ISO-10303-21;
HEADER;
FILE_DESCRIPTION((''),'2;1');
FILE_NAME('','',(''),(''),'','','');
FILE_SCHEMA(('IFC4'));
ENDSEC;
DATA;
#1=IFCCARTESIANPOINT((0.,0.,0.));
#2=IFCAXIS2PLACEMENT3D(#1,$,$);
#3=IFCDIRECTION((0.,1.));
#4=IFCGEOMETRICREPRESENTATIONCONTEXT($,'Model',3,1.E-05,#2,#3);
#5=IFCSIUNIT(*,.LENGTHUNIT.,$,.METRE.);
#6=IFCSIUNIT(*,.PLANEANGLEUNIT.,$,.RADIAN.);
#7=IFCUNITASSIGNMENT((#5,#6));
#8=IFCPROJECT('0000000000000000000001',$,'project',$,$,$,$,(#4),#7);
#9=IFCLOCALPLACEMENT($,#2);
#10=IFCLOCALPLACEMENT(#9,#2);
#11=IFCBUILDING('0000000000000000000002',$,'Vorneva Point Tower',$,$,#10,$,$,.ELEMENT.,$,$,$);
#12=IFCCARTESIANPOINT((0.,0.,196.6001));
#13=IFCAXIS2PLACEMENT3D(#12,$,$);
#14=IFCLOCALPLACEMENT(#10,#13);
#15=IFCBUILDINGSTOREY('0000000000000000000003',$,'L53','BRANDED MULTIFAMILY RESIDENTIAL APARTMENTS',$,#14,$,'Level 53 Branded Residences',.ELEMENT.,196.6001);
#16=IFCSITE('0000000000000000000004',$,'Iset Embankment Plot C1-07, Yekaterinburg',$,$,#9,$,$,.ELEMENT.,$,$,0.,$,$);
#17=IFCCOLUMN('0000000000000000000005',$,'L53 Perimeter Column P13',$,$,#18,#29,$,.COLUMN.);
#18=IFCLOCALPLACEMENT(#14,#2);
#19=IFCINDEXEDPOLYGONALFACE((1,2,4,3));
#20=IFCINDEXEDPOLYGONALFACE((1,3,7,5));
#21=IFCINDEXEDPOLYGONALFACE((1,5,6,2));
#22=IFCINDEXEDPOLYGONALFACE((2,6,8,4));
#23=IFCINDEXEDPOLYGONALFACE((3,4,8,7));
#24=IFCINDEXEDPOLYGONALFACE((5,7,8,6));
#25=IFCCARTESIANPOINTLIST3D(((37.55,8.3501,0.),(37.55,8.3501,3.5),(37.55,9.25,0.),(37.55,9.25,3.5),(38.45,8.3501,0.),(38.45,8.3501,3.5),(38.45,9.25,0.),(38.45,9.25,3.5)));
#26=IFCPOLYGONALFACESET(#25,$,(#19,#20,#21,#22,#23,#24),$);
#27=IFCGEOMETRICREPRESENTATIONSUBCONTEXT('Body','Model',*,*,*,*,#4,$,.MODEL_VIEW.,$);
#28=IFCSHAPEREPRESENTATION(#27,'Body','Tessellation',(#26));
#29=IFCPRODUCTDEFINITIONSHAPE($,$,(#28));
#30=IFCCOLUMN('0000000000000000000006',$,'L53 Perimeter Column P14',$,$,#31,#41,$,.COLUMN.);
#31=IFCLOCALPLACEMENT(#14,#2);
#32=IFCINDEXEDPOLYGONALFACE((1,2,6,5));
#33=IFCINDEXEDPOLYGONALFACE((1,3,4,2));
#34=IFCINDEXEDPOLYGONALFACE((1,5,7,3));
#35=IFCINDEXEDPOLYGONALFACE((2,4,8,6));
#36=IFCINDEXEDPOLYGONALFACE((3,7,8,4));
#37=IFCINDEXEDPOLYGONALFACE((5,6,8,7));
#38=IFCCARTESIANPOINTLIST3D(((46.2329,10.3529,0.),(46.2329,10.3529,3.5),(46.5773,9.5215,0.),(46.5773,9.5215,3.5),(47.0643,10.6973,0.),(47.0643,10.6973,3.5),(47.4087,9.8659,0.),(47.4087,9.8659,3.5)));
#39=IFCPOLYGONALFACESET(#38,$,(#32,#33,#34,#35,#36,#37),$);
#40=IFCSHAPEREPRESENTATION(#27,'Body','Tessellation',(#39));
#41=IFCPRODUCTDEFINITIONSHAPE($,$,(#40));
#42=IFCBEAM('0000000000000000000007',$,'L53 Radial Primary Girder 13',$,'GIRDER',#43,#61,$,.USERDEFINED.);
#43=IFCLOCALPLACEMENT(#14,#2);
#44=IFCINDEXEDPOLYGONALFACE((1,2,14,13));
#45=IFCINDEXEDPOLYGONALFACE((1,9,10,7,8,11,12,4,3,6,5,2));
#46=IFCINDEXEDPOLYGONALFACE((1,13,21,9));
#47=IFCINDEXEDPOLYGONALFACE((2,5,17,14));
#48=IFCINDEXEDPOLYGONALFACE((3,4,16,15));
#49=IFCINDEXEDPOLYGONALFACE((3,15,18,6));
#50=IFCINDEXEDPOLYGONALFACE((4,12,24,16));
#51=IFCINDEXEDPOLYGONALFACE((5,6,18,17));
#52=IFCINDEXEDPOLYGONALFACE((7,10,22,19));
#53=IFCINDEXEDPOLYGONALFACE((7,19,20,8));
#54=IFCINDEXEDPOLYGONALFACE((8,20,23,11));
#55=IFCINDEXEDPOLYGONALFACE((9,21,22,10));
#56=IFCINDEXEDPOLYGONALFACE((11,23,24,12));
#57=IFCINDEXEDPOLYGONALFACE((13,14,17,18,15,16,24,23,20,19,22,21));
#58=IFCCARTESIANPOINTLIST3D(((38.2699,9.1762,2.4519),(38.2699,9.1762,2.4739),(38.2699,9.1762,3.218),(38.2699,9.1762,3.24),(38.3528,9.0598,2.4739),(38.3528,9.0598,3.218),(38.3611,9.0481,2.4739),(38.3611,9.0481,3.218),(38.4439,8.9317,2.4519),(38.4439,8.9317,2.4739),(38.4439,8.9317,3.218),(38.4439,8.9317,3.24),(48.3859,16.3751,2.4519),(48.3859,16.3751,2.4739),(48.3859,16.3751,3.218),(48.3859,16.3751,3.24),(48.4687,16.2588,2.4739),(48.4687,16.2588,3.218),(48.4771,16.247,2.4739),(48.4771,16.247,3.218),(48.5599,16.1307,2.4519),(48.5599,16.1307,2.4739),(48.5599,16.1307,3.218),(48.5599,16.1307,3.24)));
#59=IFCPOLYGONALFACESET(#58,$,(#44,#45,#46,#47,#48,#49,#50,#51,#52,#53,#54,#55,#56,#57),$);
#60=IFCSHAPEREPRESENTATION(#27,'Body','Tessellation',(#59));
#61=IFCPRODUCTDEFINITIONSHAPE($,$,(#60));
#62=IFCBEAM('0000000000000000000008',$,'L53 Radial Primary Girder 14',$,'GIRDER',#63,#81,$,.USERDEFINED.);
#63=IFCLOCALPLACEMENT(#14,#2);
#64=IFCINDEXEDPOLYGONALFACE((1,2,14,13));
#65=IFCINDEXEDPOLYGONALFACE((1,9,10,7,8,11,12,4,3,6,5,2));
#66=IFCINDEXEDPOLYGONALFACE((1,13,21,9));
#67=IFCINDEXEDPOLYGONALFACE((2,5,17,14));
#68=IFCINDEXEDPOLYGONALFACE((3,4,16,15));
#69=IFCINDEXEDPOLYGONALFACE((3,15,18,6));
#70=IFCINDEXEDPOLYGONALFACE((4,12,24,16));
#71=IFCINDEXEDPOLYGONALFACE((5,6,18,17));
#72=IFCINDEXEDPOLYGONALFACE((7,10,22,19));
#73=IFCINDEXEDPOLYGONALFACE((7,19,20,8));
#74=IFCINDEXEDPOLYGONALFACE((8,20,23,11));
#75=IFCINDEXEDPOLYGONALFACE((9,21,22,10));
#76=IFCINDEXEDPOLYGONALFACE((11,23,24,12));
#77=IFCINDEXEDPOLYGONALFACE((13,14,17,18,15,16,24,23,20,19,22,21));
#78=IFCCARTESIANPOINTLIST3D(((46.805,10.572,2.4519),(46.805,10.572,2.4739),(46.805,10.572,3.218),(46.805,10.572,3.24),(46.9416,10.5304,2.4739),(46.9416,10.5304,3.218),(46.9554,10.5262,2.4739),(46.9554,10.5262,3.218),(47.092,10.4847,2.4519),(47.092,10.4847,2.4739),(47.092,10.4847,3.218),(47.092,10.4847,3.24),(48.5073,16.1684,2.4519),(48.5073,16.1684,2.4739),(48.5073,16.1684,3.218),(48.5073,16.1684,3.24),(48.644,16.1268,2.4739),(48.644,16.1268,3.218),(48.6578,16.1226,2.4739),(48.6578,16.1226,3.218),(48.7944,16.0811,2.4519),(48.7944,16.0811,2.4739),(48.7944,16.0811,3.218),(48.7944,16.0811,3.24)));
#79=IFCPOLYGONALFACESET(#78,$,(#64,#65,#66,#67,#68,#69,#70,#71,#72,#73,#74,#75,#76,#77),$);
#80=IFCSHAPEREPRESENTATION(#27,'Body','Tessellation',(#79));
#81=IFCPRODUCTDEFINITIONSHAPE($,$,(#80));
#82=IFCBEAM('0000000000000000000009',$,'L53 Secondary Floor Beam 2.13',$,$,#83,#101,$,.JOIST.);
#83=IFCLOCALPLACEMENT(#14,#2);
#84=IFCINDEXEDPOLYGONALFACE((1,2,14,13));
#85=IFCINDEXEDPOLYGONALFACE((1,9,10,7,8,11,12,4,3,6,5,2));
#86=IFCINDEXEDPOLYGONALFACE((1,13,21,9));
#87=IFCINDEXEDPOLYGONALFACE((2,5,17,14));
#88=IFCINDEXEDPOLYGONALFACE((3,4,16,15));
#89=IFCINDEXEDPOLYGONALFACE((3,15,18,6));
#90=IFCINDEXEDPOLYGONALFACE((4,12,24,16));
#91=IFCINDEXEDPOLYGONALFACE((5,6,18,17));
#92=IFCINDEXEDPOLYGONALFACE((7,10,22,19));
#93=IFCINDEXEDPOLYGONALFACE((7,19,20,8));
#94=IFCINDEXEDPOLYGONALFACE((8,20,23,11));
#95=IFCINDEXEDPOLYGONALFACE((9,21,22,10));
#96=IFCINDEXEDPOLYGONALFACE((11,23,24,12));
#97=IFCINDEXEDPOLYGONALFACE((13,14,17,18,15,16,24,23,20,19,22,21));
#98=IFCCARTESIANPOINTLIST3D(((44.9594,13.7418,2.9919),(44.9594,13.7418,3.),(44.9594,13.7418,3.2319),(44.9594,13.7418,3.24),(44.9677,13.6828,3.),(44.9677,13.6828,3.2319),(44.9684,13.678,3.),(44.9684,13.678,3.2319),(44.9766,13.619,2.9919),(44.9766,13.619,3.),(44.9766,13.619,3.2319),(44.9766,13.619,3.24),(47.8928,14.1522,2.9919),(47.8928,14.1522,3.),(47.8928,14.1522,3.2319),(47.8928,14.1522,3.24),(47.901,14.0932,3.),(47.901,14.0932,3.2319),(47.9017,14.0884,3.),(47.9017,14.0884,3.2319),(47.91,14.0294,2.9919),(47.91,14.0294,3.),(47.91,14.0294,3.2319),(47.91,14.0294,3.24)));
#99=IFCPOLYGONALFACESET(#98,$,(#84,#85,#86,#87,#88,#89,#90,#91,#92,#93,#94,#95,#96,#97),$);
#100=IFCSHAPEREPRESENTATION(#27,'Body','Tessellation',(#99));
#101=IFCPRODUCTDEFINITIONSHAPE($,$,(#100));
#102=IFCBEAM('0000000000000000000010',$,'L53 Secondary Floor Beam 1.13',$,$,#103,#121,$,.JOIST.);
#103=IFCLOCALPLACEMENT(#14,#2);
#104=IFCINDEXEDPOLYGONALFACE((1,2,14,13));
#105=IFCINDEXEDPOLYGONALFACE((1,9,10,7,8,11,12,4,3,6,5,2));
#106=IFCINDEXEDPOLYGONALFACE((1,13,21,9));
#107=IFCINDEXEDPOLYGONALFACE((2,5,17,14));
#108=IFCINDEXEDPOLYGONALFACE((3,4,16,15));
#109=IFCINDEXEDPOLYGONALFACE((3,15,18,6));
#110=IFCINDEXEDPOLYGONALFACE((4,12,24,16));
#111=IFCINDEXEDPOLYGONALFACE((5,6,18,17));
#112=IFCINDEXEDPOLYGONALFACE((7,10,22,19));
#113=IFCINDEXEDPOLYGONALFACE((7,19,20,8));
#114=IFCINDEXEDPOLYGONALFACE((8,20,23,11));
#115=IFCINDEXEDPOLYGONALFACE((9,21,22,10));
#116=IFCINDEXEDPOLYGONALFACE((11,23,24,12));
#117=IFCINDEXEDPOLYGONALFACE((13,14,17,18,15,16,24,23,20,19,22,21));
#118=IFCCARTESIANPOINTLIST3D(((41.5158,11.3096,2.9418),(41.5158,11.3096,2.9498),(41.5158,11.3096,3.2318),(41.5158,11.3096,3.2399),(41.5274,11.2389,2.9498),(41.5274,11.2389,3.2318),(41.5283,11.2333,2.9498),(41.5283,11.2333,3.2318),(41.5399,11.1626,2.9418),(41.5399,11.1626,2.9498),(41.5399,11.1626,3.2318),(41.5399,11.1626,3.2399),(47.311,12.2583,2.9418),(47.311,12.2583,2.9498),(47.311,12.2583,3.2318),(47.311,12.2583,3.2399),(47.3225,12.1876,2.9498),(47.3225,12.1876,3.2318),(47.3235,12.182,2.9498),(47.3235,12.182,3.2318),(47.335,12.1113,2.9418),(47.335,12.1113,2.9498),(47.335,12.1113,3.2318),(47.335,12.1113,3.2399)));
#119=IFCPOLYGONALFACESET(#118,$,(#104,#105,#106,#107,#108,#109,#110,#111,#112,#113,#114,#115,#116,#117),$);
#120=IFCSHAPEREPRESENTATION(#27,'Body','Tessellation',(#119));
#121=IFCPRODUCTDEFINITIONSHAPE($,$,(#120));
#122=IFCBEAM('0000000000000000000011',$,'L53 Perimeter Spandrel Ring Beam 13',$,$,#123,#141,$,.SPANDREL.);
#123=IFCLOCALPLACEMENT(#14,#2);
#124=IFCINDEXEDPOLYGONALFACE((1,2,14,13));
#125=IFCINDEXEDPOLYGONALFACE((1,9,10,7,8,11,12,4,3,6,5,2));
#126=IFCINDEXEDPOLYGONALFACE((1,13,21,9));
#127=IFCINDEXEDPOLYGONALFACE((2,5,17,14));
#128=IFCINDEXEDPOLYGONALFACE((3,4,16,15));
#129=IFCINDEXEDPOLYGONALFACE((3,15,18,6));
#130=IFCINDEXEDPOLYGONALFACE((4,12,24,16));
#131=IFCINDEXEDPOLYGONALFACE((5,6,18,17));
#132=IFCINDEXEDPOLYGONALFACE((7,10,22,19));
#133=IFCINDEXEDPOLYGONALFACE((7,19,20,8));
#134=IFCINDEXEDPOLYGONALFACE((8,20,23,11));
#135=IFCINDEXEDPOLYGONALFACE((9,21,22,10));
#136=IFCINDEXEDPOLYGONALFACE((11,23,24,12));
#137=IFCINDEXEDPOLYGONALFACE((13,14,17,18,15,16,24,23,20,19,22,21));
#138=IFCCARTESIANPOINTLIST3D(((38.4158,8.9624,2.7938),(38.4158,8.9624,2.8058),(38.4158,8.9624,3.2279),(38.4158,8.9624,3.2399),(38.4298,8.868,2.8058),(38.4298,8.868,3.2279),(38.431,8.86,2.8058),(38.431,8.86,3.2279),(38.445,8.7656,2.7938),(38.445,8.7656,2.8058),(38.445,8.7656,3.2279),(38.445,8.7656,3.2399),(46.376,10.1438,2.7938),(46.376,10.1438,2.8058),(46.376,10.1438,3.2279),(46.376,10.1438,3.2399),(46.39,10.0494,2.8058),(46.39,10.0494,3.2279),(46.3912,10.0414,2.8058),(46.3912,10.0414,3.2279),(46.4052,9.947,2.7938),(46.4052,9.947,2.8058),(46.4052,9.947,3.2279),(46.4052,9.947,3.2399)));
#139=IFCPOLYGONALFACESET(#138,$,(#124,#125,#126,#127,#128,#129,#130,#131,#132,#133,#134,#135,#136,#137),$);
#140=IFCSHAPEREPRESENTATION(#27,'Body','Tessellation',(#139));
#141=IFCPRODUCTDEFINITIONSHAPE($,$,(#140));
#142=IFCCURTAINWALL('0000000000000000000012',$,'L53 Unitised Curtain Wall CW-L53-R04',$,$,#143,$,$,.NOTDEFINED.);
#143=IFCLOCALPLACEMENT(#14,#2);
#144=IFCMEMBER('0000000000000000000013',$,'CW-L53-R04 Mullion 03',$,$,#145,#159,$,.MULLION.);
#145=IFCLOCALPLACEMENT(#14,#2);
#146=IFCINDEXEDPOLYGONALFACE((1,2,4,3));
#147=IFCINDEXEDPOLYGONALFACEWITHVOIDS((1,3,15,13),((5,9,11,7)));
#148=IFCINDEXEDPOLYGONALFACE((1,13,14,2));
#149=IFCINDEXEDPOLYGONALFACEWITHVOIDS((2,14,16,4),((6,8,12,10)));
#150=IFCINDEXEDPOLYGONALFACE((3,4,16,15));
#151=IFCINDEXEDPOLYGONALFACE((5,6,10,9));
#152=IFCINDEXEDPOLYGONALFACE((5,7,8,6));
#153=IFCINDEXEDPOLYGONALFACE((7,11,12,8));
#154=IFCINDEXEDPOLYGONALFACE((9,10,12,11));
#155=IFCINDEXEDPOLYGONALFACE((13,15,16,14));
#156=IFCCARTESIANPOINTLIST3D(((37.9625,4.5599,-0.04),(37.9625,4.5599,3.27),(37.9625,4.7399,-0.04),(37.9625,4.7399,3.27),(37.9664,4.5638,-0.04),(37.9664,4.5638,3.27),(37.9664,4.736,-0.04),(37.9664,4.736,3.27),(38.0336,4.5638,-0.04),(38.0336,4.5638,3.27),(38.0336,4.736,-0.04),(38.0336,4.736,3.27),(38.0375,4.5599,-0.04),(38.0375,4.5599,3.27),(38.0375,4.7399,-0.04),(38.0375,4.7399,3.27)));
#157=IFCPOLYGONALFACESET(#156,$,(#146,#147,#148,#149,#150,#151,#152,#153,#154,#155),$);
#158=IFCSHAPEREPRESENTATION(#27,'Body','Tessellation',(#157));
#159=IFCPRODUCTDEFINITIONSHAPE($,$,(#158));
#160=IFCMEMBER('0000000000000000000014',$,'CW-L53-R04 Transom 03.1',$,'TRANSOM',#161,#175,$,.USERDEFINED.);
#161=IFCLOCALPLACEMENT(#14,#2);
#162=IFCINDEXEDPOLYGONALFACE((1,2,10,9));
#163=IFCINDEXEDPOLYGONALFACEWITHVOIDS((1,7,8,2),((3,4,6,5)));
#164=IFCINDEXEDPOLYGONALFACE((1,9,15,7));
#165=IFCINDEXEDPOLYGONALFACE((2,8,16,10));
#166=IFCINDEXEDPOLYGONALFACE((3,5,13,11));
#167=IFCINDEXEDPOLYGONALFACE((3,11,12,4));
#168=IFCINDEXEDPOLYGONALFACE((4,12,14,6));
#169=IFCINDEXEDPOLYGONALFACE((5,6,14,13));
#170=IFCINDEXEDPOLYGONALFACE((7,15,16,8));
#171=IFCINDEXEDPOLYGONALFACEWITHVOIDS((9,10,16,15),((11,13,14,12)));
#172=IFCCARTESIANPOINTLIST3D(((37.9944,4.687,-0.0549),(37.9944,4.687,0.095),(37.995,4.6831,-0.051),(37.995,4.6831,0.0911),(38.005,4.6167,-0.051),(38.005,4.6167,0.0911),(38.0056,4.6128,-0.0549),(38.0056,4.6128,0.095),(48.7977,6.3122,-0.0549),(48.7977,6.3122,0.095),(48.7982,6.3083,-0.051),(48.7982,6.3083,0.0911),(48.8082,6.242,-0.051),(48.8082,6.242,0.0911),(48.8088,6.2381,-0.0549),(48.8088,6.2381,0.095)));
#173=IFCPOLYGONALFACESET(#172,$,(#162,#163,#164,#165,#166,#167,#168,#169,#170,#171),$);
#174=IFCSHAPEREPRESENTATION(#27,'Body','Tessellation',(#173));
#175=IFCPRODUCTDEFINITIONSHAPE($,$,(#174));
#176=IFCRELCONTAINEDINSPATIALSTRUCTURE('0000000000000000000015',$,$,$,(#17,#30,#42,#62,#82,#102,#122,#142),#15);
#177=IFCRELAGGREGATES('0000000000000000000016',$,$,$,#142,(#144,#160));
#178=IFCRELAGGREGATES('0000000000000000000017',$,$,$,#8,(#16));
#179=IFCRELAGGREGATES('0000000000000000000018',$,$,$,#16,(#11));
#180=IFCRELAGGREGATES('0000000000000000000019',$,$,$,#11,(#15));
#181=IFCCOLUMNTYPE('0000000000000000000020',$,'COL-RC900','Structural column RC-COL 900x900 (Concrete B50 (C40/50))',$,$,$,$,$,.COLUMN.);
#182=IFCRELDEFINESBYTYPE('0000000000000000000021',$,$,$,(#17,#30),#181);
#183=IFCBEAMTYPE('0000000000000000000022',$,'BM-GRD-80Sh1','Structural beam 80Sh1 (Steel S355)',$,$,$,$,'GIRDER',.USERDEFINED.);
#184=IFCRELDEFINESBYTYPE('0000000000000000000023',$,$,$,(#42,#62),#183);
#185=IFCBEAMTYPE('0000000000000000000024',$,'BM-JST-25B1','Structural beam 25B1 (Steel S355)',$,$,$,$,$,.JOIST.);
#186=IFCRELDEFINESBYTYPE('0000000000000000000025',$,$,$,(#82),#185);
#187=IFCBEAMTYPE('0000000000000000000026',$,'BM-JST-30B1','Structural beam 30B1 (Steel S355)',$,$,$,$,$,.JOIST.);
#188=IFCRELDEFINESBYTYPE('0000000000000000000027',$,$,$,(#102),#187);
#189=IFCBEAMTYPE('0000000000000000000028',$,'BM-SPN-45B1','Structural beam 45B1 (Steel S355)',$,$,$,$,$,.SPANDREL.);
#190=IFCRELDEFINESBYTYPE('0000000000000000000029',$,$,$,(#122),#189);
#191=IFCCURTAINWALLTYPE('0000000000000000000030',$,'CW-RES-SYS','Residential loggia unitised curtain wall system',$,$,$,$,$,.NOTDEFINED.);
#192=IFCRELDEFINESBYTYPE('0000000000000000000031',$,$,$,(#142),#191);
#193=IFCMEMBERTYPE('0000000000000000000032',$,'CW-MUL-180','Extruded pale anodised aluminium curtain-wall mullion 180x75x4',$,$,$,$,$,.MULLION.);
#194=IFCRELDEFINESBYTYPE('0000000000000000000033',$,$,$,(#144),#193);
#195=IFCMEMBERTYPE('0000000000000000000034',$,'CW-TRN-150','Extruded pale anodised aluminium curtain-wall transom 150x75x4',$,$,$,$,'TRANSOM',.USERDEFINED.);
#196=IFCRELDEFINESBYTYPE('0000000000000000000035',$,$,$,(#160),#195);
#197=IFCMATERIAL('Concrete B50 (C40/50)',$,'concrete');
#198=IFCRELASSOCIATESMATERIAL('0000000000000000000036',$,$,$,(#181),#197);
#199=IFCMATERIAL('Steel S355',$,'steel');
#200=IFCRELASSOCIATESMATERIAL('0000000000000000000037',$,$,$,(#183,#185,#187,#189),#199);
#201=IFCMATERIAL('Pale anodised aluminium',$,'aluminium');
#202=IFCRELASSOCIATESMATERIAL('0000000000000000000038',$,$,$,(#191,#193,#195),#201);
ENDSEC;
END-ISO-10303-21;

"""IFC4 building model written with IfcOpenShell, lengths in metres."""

from ifc_helpers import new_model, si_unit, direction, frame, origin, origin_2d, place, context, subcontext, project, spatial, rectangle, hollow_rectangle, i_section, extrude, material, material_profile, profile_set, type_object, element, aggregate, save


model = new_model("IFC4")

# Units and contexts
model_context = context("Model", 3, precision=1e-05, world=origin(), true_north=direction((0.0, 1.0)))
body_context = subcontext(model_context, "Body", "Model", "MODEL_VIEW")
ifc_project = project(units=[si_unit("LENGTHUNIT", "METRE"), si_unit("PLANEANGLEUNIT", "RADIAN")], contexts=[model_context])

# Site, building, storey
site_placement = place(None, origin())
site = spatial("IfcSite", under=ifc_project, at=site_placement, Name="Iset Embankment Plot C1-07, Yekaterinburg", CompositionType="ELEMENT", RefElevation=0.0)
building_placement = place(site_placement, origin())
building = spatial("IfcBuilding", under=site, at=building_placement, Name="Vorneva Point Tower", CompositionType="ELEMENT")
storey_placement = place(building_placement, frame((0.0, 0.0, 196.6001)))
storey = spatial("IfcBuildingStorey", under=building, at=storey_placement, Name="L53", Description="BRANDED MULTIFAMILY RESIDENTIAL APARTMENTS", LongName="Level 53 Branded Residences", CompositionType="ELEMENT", Elevation=196.6001)

# Columns
ifc_material_1 = material(Name="Concrete B50 (C40/50)", Category="concrete")
ifc_material_profile_1 = material_profile(ifc_material_1, rectangle(XDim=0.8999, YDim=0.8999, at=origin_2d()), Name="RC-COL 900x900")
ifc_profile_set_1 = profile_set([ifc_material_profile_1], Name="Concrete B50 (C40/50)")
column_type = type_object("IfcColumnType", Name="COL-RC900", Description="Structural column RC-COL 900x900 (Concrete B50 (C40/50))", PredefinedType="COLUMN", material=ifc_profile_set_1)
for number, where, z_axis, x_axis, name in (
    (1, (38.0, 8.8, 0.0), (0.0, 0.0, 1.0), (0.0, -1.0, 0.0), "L53 Perimeter Column P13"),
    (2, (46.8208, 10.1094, 0.0), (0.0, 0.0, 1.0), (0.382683, -0.92388, 0.0), "L53 Perimeter Column P14"),
):
    element("IfcColumn", number, at=place(storey_placement, frame(where, z_axis=z_axis, x_axis=x_axis)), inside=storey, type_object=column_type, Name=name, PredefinedType="COLUMN", context=body_context, shape_type="SweptSolid", body=[
        extrude(rectangle(XDim=0.8999, YDim=0.8999, at=origin_2d()), origin(), (0.0, 0.0, 1.0), 3.5),
    ])

# Beams
ifc_material_2 = material(Name="Steel S355", Category="steel")
ifc_material_profile_2 = material_profile(ifc_material_2, i_section(OverallWidth=0.3, OverallDepth=0.7881, WebThickness=0.0144, FlangeThickness=0.022, at=origin_2d()), Name="80Sh1")
ifc_profile_set_2 = profile_set([ifc_material_profile_2], Name="Steel S355")
beam_type_1 = type_object("IfcBeamType", Name="BM-GRD-80Sh1", Description="Structural beam 80Sh1 (Steel S355)", ElementType="GIRDER", PredefinedType="USERDEFINED", material=ifc_profile_set_2)
beam_1_placement = place(storey_placement, frame((38.3569, 9.054, 2.8459), z_axis=(0.81475, 0.579813, 0.0), x_axis=(-0.579813, 0.81475, 0.0)))
element("IfcBeam", 3, at=beam_1_placement, inside=storey, type_object=beam_type_1, Name="L53 Radial Primary Girder 13", ObjectType="GIRDER", PredefinedType="USERDEFINED", context=body_context, shape_type="SweptSolid", body=[
    extrude(i_section(OverallWidth=0.3, OverallDepth=0.7881, WebThickness=0.0144, FlangeThickness=0.022, at=origin_2d()), origin(), (0.0, 0.0, 1.0), 12.416),
])
beam_2_placement = place(storey_placement, frame((46.9485, 10.5283, 2.8459), z_axis=(0.291025, 0.956715, 0.0), x_axis=(-0.956715, 0.291025, 0.0)))
element("IfcBeam", 4, at=beam_2_placement, inside=storey, type_object=beam_type_1, Name="L53 Radial Primary Girder 14", ObjectType="GIRDER", PredefinedType="USERDEFINED", context=body_context, shape_type="SweptSolid", body=[
    extrude(i_section(OverallWidth=0.3, OverallDepth=0.7881, WebThickness=0.0144, FlangeThickness=0.022, at=origin_2d()), origin(), (0.0, 0.0, 1.0), 5.8496),
])
ifc_material_profile_3 = material_profile(ifc_material_2, i_section(OverallWidth=0.124, OverallDepth=0.248, WebThickness=0.0049, FlangeThickness=0.0081, at=origin_2d()), Name="25B1")
ifc_profile_set_3 = profile_set([ifc_material_profile_3], Name="Steel S355")
beam_type_2 = type_object("IfcBeamType", Name="BM-JST-25B1", Description="Structural beam 25B1 (Steel S355)", PredefinedType="JOIST", material=ifc_profile_set_3)
beam_3_placement = place(storey_placement, frame((44.968, 13.6804, 3.116), z_axis=(0.990354, 0.138559, 0.0), x_axis=(-0.138559, 0.990354, 0.0)))
element("IfcBeam", 5, at=beam_3_placement, inside=storey, type_object=beam_type_2, Name="L53 Secondary Floor Beam 2.13", PredefinedType="JOIST", context=body_context, shape_type="SweptSolid", body=[
    extrude(i_section(OverallWidth=0.124, OverallDepth=0.248, WebThickness=0.0049, FlangeThickness=0.0081, at=origin_2d()), origin(), (0.0, 0.0, 1.0), 2.9619),
])
ifc_material_profile_4 = material_profile(ifc_material_2, i_section(OverallWidth=0.1489, OverallDepth=0.2981, WebThickness=0.0056, FlangeThickness=0.0081, at=origin_2d()), Name="30B1")
ifc_profile_set_4 = profile_set([ifc_material_profile_4], Name="Steel S355")
beam_type_3 = type_object("IfcBeamType", Name="BM-JST-30B1", Description="Structural beam 30B1 (Steel S355)", PredefinedType="JOIST", material=ifc_profile_set_4)
beam_4_placement = place(storey_placement, frame((41.5278, 11.2361, 3.0908), z_axis=(0.986863, 0.16156, 0.0), x_axis=(-0.16156, 0.986863, 0.0)))
element("IfcBeam", 6, at=beam_4_placement, inside=storey, type_object=beam_type_3, Name="L53 Secondary Floor Beam 1.13", PredefinedType="JOIST", context=body_context, shape_type="SweptSolid", body=[
    extrude(i_section(OverallWidth=0.1489, OverallDepth=0.2981, WebThickness=0.0056, FlangeThickness=0.0081, at=origin_2d()), origin(), (0.0, 0.0, 1.0), 5.8723),
])
ifc_material_profile_5 = material_profile(ifc_material_2, i_section(OverallWidth=0.199, OverallDepth=0.446, WebThickness=0.0081, FlangeThickness=0.012, at=origin_2d()), Name="45B1")
ifc_profile_set_5 = profile_set([ifc_material_profile_5], Name="Steel S355")
beam_type_4 = type_object("IfcBeamType", Name="BM-SPN-45B1", Description="Structural beam 45B1 (Steel S355)", PredefinedType="SPANDREL", material=ifc_profile_set_5)
beam_5_placement = place(storey_placement, frame((38.4304, 8.864, 3.0168), z_axis=(0.989165, 0.146805, 0.0), x_axis=(-0.146805, 0.989165, 0.0)))
element("IfcBeam", 7, at=beam_5_placement, inside=storey, type_object=beam_type_4, Name="L53 Perimeter Spandrel Ring Beam 13", PredefinedType="SPANDREL", context=body_context, shape_type="SweptSolid", body=[
    extrude(i_section(OverallWidth=0.199, OverallDepth=0.446, WebThickness=0.0081, FlangeThickness=0.012, at=origin_2d()), origin(), (0.0, 0.0, 1.0), 8.0474),
])

# Curtain wall, members
ifc_material_3 = material(Name="Pale anodised aluminium", Category="aluminium")
curtain_wall_type = type_object("IfcCurtainWallType", Name="CW-RES-SYS", Description="Residential loggia unitised curtain wall system", PredefinedType="NOTDEFINED", material=ifc_material_3)
curtain_wall_placement = place(storey_placement, origin())
curtain_wall = element("IfcCurtainWall", 8, at=curtain_wall_placement, inside=storey, type_object=curtain_wall_type, Name="L53 Unitised Curtain Wall CW-L53-R04", PredefinedType="NOTDEFINED")
ifc_material_profile_6 = material_profile(ifc_material_3, hollow_rectangle(XDim=0.075, YDim=0.1799, WallThickness=0.0039, at=origin_2d()), Name="AL-MUL 180x75x4")
ifc_profile_set_6 = profile_set([ifc_material_profile_6], Name="Pale anodised aluminium")
member_type_1 = type_object("IfcMemberType", Name="CW-MUL-180", Description="Extruded pale anodised aluminium curtain-wall mullion 180x75x4", PredefinedType="MULLION", material=ifc_profile_set_6)
member_1_placement = place(storey_placement, frame((38.0, 4.6499, -0.04), z_axis=(0.0, 0.0, 1.0), x_axis=(1.0, 0.0, 0.0)))
member_1 = element("IfcMember", 9, at=member_1_placement, type_object=member_type_1, Name="CW-L53-R04 Mullion 03", PredefinedType="MULLION", context=body_context, shape_type="SweptSolid", body=[
    extrude(hollow_rectangle(XDim=0.075, YDim=0.1799, WallThickness=0.0039, at=origin_2d()), origin(), (0.0, 0.0, 1.0), 3.3101),
])
ifc_material_profile_7 = material_profile(ifc_material_3, hollow_rectangle(XDim=0.075, YDim=0.1499, WallThickness=0.0039, at=origin_2d()), Name="AL-TRN 150x75x4")
ifc_profile_set_7 = profile_set([ifc_material_profile_7], Name="Pale anodised aluminium")
member_type_2 = type_object("IfcMemberType", Name="CW-TRN-150", Description="Extruded pale anodised aluminium curtain-wall transom 150x75x4", ElementType="TRANSOM", PredefinedType="USERDEFINED", material=ifc_profile_set_7)
member_2_placement = place(storey_placement, frame((38.0, 4.6499, 0.02), z_axis=(0.988872, 0.148767, 0.0), x_axis=(-0.148767, 0.988872, 0.0)))
member_2 = element("IfcMember", 10, at=member_2_placement, type_object=member_type_2, Name="CW-L53-R04 Transom 03.1", ObjectType="TRANSOM", PredefinedType="USERDEFINED", context=body_context, shape_type="SweptSolid", body=[
    extrude(hollow_rectangle(XDim=0.075, YDim=0.1499, WallThickness=0.0039, at=origin_2d()), origin(), (0.0, 0.0, 1.0), 10.9248),
])
aggregate(curtain_wall, [member_1, member_2])

save(model, "model.ifc")
